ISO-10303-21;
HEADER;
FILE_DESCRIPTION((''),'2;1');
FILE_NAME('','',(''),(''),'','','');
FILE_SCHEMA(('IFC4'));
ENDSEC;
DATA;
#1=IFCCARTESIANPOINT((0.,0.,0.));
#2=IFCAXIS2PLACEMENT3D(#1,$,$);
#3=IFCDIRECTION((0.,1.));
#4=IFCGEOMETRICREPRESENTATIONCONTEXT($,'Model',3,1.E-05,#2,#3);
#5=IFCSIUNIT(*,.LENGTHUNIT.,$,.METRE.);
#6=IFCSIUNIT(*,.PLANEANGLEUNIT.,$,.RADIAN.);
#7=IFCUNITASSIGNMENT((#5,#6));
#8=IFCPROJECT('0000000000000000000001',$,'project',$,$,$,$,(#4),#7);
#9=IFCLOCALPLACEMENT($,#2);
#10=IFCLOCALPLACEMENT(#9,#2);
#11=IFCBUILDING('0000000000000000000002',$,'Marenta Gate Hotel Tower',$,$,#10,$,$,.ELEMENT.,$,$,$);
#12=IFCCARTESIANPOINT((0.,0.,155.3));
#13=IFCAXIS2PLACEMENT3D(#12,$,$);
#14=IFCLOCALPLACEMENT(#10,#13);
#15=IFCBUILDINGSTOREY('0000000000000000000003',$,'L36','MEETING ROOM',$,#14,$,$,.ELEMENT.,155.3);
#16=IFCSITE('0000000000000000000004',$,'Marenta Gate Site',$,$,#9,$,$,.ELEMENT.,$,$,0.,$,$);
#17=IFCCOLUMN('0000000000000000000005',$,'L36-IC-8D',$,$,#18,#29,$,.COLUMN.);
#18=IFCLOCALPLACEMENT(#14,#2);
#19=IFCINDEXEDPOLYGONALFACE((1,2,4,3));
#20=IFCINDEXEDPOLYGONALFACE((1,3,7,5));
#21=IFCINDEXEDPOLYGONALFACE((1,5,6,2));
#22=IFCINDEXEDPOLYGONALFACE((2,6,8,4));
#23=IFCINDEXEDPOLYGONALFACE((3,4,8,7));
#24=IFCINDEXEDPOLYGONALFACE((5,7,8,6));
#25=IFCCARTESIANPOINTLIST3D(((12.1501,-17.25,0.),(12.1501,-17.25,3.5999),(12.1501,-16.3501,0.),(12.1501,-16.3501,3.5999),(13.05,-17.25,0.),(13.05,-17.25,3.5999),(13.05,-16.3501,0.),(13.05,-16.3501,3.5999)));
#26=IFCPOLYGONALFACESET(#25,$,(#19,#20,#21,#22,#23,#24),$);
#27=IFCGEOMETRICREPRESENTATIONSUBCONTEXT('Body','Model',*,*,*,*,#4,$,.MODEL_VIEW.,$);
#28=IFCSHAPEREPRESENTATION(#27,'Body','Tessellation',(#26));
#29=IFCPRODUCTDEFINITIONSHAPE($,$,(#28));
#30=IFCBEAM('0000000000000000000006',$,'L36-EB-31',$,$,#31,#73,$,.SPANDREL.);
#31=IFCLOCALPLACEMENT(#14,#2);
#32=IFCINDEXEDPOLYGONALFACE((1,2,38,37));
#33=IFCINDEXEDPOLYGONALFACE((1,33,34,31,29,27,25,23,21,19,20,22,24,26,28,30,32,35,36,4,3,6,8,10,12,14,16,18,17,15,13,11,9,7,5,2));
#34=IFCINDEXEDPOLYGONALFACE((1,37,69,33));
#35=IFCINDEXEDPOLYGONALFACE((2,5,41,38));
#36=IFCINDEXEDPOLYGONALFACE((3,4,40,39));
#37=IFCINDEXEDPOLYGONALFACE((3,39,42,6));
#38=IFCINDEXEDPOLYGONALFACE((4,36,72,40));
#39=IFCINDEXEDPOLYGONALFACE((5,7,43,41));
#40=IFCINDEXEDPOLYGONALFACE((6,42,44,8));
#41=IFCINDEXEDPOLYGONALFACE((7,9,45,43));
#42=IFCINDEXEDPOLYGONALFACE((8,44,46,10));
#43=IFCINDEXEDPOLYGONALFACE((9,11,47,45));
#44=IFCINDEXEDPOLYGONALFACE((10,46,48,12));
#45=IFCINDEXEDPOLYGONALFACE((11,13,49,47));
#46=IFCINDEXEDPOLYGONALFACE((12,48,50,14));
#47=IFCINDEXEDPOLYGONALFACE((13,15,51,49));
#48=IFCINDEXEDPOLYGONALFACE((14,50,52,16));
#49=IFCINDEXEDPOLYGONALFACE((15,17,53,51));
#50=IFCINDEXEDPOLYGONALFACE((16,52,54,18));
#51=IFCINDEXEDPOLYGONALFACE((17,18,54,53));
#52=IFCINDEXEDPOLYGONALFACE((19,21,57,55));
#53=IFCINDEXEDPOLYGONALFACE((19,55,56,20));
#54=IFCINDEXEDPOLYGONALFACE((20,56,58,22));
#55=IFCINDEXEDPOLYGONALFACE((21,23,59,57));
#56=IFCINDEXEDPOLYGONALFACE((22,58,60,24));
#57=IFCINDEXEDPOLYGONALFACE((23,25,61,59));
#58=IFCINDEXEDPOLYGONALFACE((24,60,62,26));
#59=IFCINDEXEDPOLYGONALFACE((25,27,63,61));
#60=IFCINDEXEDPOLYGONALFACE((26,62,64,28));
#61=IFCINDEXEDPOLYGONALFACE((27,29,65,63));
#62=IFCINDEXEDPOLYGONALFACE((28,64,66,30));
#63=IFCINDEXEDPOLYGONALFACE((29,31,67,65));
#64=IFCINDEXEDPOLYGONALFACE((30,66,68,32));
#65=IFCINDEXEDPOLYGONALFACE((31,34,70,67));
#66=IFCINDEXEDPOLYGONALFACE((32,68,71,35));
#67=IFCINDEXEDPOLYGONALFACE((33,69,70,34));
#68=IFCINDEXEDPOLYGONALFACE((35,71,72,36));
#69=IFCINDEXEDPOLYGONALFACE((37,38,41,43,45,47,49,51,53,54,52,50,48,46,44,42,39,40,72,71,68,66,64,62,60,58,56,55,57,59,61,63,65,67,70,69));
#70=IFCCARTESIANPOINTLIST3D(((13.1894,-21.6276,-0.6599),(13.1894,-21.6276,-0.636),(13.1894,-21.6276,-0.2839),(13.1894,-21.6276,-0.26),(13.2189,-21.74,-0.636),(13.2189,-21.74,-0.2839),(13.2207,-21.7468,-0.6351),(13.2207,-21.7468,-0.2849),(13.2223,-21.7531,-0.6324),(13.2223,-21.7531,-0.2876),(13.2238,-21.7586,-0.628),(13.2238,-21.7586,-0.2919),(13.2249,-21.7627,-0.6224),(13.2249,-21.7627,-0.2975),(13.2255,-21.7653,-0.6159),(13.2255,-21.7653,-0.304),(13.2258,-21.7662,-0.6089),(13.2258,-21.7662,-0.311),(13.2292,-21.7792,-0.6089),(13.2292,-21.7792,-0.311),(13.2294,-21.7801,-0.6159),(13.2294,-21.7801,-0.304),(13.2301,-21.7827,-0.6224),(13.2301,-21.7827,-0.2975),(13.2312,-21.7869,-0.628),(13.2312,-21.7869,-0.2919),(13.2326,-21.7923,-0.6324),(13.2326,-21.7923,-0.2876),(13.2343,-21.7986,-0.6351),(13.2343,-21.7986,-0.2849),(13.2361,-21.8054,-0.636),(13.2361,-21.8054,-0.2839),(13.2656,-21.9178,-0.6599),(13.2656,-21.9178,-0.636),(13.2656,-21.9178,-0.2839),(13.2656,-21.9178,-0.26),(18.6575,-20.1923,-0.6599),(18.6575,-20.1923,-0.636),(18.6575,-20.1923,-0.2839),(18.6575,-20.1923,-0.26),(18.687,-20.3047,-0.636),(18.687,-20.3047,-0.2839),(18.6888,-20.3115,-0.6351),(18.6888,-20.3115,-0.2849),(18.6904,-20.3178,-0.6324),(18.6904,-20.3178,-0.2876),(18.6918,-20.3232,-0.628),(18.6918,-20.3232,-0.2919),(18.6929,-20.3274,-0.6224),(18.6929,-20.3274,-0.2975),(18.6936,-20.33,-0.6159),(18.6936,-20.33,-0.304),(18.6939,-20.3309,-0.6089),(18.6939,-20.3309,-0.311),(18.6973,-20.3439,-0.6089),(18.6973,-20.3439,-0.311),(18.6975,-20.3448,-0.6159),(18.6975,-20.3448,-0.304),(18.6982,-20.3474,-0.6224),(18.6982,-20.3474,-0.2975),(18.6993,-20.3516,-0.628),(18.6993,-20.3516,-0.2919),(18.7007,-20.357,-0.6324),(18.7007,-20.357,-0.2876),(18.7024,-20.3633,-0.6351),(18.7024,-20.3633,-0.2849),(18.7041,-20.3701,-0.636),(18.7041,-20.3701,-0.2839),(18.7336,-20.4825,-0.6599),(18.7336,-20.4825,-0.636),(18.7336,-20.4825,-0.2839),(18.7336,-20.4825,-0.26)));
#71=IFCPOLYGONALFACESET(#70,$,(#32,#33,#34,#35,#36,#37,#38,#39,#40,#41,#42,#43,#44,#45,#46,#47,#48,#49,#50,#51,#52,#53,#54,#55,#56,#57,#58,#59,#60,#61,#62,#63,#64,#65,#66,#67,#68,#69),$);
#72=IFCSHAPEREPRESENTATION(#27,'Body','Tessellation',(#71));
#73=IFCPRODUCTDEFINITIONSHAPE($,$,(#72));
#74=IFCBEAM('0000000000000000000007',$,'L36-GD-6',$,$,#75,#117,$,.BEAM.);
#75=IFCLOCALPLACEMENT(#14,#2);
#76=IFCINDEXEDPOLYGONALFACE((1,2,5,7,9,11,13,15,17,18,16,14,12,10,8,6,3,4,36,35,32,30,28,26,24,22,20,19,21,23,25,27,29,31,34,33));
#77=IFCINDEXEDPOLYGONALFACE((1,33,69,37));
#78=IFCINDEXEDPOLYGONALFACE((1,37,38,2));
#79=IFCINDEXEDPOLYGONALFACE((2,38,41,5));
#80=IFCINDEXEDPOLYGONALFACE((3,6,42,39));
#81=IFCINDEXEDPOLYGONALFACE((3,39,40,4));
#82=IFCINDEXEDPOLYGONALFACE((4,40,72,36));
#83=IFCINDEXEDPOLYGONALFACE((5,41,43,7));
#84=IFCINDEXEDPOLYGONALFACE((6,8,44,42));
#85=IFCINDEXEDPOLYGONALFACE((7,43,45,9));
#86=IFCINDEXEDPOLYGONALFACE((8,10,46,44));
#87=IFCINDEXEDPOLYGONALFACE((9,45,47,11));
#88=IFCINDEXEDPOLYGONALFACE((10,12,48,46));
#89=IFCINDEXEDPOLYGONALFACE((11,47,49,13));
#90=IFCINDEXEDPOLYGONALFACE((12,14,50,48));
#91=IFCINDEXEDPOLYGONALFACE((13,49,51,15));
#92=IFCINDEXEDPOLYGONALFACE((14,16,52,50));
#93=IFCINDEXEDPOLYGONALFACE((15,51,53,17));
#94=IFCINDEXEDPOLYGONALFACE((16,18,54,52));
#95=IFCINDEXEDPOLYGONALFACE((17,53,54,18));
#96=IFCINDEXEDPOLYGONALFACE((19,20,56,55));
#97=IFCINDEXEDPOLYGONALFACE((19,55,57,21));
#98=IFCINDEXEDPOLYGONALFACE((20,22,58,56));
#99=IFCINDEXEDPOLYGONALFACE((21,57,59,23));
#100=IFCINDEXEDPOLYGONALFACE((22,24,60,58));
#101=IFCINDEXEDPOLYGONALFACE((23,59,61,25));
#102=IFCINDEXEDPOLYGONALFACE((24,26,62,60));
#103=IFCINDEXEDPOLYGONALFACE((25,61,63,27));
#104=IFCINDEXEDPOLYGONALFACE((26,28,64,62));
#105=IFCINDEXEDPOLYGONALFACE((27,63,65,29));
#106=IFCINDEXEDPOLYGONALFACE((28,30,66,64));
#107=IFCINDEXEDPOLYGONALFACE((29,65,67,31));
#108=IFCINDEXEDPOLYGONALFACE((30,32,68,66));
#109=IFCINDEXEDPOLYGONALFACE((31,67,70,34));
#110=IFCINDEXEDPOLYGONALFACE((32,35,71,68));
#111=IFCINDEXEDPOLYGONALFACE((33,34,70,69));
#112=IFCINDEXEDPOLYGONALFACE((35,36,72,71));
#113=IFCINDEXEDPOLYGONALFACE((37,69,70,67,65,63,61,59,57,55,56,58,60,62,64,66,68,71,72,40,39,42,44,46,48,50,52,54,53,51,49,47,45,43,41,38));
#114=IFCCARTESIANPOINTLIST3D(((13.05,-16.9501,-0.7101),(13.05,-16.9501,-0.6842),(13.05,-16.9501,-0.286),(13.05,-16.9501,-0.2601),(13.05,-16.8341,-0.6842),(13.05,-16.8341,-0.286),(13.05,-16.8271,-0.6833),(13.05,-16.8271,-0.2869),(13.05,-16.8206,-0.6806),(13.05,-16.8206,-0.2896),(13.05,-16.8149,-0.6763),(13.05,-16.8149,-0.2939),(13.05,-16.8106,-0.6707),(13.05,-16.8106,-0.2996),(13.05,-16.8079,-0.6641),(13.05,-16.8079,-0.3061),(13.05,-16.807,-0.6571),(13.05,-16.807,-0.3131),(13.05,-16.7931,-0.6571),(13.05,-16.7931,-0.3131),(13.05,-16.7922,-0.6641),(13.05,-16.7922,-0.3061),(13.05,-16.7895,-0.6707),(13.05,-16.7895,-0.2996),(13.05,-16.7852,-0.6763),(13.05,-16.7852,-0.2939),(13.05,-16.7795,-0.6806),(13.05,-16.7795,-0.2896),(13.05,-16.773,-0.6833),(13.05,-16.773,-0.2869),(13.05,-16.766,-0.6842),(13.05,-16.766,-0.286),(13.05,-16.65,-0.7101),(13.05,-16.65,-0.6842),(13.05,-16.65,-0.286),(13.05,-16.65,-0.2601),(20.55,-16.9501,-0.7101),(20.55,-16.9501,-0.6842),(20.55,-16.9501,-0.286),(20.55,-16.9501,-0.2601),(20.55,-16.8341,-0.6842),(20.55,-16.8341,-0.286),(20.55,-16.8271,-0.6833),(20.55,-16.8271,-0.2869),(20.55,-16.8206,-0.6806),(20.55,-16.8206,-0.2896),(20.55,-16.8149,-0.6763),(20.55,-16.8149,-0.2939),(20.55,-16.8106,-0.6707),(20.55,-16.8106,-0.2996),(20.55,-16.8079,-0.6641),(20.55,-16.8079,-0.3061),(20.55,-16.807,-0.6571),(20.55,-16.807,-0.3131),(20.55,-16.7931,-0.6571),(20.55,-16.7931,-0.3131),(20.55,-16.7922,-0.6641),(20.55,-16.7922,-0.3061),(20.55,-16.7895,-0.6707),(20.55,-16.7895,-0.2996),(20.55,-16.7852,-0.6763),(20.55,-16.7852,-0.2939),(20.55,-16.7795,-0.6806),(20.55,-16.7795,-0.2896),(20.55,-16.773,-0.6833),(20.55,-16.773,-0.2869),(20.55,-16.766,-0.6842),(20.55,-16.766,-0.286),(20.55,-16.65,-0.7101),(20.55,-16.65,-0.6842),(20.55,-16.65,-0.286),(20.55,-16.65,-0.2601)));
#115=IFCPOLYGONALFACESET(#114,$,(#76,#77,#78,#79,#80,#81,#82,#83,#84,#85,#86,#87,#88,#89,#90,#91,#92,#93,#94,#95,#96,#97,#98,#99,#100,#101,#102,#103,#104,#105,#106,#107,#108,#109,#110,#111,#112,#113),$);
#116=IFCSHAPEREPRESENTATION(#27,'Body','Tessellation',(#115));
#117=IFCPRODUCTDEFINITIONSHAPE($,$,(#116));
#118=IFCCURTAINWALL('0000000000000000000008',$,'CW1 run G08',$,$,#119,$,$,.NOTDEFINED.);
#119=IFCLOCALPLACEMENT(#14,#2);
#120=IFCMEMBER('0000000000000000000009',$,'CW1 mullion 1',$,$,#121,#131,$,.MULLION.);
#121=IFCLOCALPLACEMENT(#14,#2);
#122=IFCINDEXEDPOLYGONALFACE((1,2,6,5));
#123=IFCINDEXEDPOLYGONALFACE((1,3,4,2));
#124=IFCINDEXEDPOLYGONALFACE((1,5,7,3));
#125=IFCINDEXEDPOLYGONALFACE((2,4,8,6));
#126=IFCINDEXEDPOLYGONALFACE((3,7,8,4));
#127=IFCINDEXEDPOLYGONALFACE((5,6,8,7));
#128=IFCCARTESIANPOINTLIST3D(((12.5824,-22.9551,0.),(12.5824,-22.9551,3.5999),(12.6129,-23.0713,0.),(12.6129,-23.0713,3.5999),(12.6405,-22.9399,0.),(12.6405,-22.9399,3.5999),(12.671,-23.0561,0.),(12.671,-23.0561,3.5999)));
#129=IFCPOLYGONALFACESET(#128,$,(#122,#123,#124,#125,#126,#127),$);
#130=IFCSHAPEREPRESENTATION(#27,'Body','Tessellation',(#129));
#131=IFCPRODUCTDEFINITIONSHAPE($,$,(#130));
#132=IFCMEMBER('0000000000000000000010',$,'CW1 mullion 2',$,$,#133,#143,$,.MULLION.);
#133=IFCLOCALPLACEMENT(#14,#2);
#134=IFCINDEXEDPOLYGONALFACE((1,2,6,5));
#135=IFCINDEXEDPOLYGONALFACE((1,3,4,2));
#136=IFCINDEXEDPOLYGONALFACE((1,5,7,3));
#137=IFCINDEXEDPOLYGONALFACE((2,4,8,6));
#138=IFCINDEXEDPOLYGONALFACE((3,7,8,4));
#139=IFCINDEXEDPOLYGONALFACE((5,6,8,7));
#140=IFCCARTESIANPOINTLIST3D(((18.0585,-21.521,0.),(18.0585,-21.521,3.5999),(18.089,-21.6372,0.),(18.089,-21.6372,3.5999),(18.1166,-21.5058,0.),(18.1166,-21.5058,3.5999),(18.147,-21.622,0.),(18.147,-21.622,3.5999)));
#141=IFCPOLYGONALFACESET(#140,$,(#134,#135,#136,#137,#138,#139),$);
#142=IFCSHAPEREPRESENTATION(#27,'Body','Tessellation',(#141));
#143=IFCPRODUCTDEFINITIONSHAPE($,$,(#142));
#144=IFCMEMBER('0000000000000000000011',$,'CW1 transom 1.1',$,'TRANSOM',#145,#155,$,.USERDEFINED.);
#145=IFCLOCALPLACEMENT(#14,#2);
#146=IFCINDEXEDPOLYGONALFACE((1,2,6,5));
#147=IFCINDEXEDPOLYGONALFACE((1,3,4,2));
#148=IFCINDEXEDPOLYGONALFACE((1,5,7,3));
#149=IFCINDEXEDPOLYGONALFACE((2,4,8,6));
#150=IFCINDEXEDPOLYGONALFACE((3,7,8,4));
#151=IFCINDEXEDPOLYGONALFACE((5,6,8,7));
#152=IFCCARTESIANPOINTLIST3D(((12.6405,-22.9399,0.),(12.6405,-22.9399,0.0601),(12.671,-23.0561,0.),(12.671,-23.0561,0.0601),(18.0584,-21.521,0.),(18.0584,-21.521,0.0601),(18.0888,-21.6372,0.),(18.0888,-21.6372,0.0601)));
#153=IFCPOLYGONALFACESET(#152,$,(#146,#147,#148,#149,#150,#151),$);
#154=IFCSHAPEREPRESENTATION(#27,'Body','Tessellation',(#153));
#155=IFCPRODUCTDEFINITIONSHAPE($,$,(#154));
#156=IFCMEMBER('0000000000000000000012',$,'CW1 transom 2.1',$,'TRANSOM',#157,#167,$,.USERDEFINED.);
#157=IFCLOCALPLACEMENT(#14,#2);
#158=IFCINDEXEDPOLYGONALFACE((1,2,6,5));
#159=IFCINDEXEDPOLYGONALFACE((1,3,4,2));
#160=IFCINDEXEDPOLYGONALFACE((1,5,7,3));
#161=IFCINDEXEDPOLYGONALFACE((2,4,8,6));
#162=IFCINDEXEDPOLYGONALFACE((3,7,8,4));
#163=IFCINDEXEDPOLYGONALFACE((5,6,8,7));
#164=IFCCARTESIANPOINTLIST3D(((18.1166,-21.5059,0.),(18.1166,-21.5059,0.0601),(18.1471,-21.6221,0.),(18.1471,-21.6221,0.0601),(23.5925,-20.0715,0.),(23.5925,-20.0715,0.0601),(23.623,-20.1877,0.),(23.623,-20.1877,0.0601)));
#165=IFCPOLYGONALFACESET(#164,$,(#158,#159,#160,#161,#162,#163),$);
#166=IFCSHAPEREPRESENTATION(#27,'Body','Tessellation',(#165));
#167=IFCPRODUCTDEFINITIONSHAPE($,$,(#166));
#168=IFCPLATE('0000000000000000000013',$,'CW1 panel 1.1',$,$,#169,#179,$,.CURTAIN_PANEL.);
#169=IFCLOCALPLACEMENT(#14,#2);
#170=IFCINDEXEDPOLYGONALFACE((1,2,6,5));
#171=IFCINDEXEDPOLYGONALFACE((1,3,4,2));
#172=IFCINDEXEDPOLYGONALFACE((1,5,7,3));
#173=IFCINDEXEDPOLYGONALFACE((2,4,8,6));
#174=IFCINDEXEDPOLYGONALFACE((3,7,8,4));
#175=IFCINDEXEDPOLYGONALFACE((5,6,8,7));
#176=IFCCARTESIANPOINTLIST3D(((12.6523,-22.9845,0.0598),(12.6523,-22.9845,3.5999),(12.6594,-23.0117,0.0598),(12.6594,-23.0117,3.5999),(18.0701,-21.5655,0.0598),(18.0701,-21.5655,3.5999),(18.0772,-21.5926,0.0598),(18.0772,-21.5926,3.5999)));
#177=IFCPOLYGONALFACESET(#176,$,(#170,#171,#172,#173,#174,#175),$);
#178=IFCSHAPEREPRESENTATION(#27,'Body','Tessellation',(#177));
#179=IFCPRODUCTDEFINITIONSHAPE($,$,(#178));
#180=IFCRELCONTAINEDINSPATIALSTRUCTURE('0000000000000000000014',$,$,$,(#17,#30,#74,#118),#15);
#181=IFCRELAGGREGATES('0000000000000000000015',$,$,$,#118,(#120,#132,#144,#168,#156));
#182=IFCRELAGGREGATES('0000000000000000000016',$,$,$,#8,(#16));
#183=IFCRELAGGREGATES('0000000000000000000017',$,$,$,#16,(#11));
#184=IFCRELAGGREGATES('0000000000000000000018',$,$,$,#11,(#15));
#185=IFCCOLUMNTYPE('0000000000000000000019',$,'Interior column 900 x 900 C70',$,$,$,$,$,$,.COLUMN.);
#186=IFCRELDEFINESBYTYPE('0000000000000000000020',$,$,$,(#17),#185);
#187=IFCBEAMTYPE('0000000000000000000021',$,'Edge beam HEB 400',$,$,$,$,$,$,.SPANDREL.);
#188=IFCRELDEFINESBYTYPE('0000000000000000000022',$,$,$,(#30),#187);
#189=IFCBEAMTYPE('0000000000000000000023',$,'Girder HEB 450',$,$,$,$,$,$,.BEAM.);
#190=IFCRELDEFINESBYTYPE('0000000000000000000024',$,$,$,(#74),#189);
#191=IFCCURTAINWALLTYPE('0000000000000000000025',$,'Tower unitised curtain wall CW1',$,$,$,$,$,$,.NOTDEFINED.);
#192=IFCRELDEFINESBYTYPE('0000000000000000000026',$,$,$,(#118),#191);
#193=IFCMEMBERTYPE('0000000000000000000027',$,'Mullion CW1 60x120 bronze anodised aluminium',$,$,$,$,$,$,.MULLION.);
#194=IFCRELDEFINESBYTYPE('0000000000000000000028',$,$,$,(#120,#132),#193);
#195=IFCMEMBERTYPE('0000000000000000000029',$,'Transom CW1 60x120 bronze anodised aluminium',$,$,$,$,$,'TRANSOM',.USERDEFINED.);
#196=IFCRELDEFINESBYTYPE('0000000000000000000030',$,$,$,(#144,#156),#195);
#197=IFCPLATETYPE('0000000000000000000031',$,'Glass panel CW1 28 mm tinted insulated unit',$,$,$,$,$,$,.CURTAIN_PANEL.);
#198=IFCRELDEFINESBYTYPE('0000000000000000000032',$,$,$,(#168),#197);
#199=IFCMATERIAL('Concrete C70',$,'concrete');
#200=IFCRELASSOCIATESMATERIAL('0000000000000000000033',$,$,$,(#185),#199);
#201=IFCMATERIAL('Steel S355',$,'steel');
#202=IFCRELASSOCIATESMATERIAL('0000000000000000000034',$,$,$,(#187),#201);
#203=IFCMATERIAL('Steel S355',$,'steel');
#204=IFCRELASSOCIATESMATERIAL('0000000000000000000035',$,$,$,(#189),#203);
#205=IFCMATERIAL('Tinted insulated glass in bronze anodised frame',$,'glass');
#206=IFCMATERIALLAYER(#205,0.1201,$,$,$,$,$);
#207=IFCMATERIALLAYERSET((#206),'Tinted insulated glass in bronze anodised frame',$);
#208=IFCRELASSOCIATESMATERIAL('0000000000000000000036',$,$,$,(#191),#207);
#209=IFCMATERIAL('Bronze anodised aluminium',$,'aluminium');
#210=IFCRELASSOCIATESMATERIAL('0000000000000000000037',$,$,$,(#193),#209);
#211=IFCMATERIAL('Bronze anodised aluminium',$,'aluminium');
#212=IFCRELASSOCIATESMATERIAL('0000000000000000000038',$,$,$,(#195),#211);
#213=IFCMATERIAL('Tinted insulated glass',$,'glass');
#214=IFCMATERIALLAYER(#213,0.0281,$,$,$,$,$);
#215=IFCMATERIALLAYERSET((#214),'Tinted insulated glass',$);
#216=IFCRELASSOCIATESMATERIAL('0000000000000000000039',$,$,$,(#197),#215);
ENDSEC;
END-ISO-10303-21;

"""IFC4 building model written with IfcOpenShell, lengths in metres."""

from ifc_helpers import new_model, si_unit, direction, frame, origin, origin_2d, place, context, subcontext, project, spatial, rectangle, i_section, extrude, material, layer, layer_set, material_profile, profile_set, type_object, element, aggregate, save


model = new_model("IFC4")

# Units and contexts
model_context = context("Model", 3, precision=1e-05, world=origin(), true_north=direction((0.0, 1.0)))
body_context = subcontext(model_context, "Body", "Model", "MODEL_VIEW")
ifc_project = project(units=[si_unit("LENGTHUNIT", "METRE"), si_unit("PLANEANGLEUNIT", "RADIAN")], contexts=[model_context])

# Site, building, storey
site_placement = place(None, origin())
site = spatial("IfcSite", under=ifc_project, at=site_placement, Name="Marenta Gate Site", CompositionType="ELEMENT", RefElevation=0.0)
building_placement = place(site_placement, origin())
building = spatial("IfcBuilding", under=site, at=building_placement, Name="Marenta Gate Hotel Tower", CompositionType="ELEMENT")
storey_placement = place(building_placement, frame((0.0, 0.0, 155.3)))
storey = spatial("IfcBuildingStorey", under=building, at=storey_placement, Name="L36", Description="MEETING ROOM", CompositionType="ELEMENT", Elevation=155.3)

# Column
ifc_material_1 = material(Name="Concrete C70", Category="concrete")
ifc_material_profile_1 = material_profile(ifc_material_1, rectangle(XDim=0.8999, YDim=0.8999, at=origin_2d()), Name="900 x 900")
ifc_profile_set_1 = profile_set([ifc_material_profile_1], Name="Concrete C70")
column_type = type_object("IfcColumnType", Name="Interior column 900 x 900 C70", PredefinedType="COLUMN", material=ifc_profile_set_1)
column_placement = place(storey_placement, frame((12.6001, -16.8, 0.0), z_axis=(0.0, 0.0, 1.0), x_axis=(1.0, 0.0, 0.0)))
element("IfcColumn", 1, at=column_placement, inside=storey, type_object=column_type, Name="L36-IC-8D", PredefinedType="COLUMN", context=body_context, shape_type="SweptSolid", body=[
    extrude(rectangle(XDim=0.8999, YDim=0.8999, at=origin_2d()), origin(), (0.0, 0.0, 1.0), 3.5999),
])

# Beams
ifc_material_2 = material(Name="Steel S355", Category="steel")
ifc_material_profile_2 = material_profile(ifc_material_2, i_section(OverallWidth=0.3, OverallDepth=0.3999, WebThickness=0.0134, FlangeThickness=0.0239, FilletRadius=0.0271, at=origin_2d()), Name="HEB 400")
ifc_profile_set_2 = profile_set([ifc_material_profile_2], Name="Steel S355")
beam_type_1 = type_object("IfcBeamType", Name="Edge beam HEB 400", PredefinedType="SPANDREL", material=ifc_profile_set_2)
beam_1_placement = place(storey_placement, frame((18.6956, -20.3374, -0.46), z_axis=(-0.967233, -0.25389, 0.0), x_axis=(0.25389, -0.967233, 0.0)))
element("IfcBeam", 2, at=beam_1_placement, inside=storey, type_object=beam_type_1, Name="L36-EB-31", PredefinedType="SPANDREL", context=body_context, shape_type="SweptSolid", body=[
    extrude(i_section(OverallWidth=0.3, OverallDepth=0.3999, WebThickness=0.0134, FlangeThickness=0.0239, FilletRadius=0.0271, at=origin_2d()), origin(), (0.0, 0.0, 1.0), 5.6533),
])
ifc_material_3 = material(Name="Steel S355", Category="steel")
ifc_material_profile_3 = material_profile(ifc_material_3, i_section(OverallWidth=0.3, OverallDepth=0.45, WebThickness=0.0139, FlangeThickness=0.0259, FilletRadius=0.0271, at=origin_2d()), Name="HEB 450")
ifc_profile_set_3 = profile_set([ifc_material_profile_3], Name="Steel S355")
beam_type_2 = type_object("IfcBeamType", Name="Girder HEB 450", PredefinedType="BEAM", material=ifc_profile_set_3)
beam_2_placement = place(storey_placement, frame((13.05, -16.8, -0.4851), z_axis=(1.0, 0.0, 0.0), x_axis=(0.0, 1.0, 0.0)))
element("IfcBeam", 3, at=beam_2_placement, inside=storey, type_object=beam_type_2, Name="L36-GD-6", PredefinedType="BEAM", context=body_context, shape_type="SweptSolid", body=[
    extrude(i_section(OverallWidth=0.3, OverallDepth=0.45, WebThickness=0.0139, FlangeThickness=0.0259, FilletRadius=0.0271, at=origin_2d()), origin(), (0.0, 0.0, 1.0), 7.5),
])

# Curtain wall, members, plate
ifc_material_4 = material(Name="Tinted insulated glass in bronze anodised frame", Category="glass")
ifc_layer_1 = layer(ifc_material_4, 0.1201)
ifc_layer_set_1 = layer_set([ifc_layer_1], Name="Tinted insulated glass in bronze anodised frame")
curtain_wall_type = type_object("IfcCurtainWallType", Name="Tower unitised curtain wall CW1", PredefinedType="NOTDEFINED", material=ifc_layer_set_1)
curtain_wall_placement = place(storey_placement, origin())
curtain_wall = element("IfcCurtainWall", 4, at=curtain_wall_placement, inside=storey, type_object=curtain_wall_type, Name="CW1 run G08", PredefinedType="NOTDEFINED")
ifc_material_5 = material(Name="Bronze anodised aluminium", Category="aluminium")
ifc_material_profile_4 = material_profile(ifc_material_5, rectangle(XDim=0.1201, YDim=0.0601, at=origin_2d()), Name="Mullion CW1 60x120 bronze anodised aluminium")
ifc_profile_set_4 = profile_set([ifc_material_profile_4], Name="Bronze anodised aluminium")
member_type_1 = type_object("IfcMemberType", Name="Mullion CW1 60x120 bronze anodised aluminium", PredefinedType="MULLION", material=ifc_profile_set_4)
member_1_placement = place(storey_placement, frame((12.6267, -23.0056, 0.0), z_axis=(0.0, 0.0, 1.0), x_axis=(-0.253374, 0.967368, 0.0)))
member_1 = element("IfcMember", 5, at=member_1_placement, type_object=member_type_1, Name="CW1 mullion 1", PredefinedType="MULLION", context=body_context, shape_type="SweptSolid", body=[
    extrude(rectangle(XDim=0.1201, YDim=0.0601, at=origin_2d()), origin(), (0.0, 0.0, 1.0), 3.5999),
])
member_2_placement = place(storey_placement, frame((18.1028, -21.5715, 0.0), z_axis=(0.0, 0.0, 1.0), x_axis=(-0.253374, 0.967368, 0.0)))
member_2 = element("IfcMember", 6, at=member_2_placement, type_object=member_type_1, Name="CW1 mullion 2", PredefinedType="MULLION", context=body_context, shape_type="SweptSolid", body=[
    extrude(rectangle(XDim=0.1201, YDim=0.0601, at=origin_2d()), origin(), (0.0, 0.0, 1.0), 3.5999),
])
ifc_material_6 = material(Name="Bronze anodised aluminium", Category="aluminium")
ifc_material_profile_5 = material_profile(ifc_material_6, rectangle(XDim=0.1201, YDim=0.0601, at=origin_2d()), Name="Transom CW1 60x120 bronze anodised aluminium")
ifc_profile_set_5 = profile_set([ifc_material_profile_5], Name="Bronze anodised aluminium")
member_type_2 = type_object("IfcMemberType", Name="Transom CW1 60x120 bronze anodised aluminium", ElementType="TRANSOM", PredefinedType="USERDEFINED", material=ifc_profile_set_5)
member_3_placement = place(storey_placement, frame((12.6558, -22.998, 0.03), z_axis=(0.967374, 0.253352, 0.0), x_axis=(-0.253352, 0.967374, 0.0)))
member_3 = element("IfcMember", 7, at=member_3_placement, type_object=member_type_2, Name="CW1 transom 1.1", ObjectType="TRANSOM", PredefinedType="USERDEFINED", context=body_context, shape_type="SweptSolid", body=[
    extrude(rectangle(XDim=0.1201, YDim=0.0601, at=origin_2d()), origin(), (0.0, 0.0, 1.0), 5.6006),
])
member_4_placement = place(storey_placement, frame((18.1318, -21.564, 0.03), z_axis=(0.967364, 0.253389, 0.0), x_axis=(-0.253389, 0.967364, 0.0)))
member_4 = element("IfcMember", 8, at=member_4_placement, type_object=member_type_2, Name="CW1 transom 2.1", ObjectType="TRANSOM", PredefinedType="USERDEFINED", context=body_context, shape_type="SweptSolid", body=[
    extrude(rectangle(XDim=0.1201, YDim=0.0601, at=origin_2d()), origin(), (0.0, 0.0, 1.0), 5.6606),
])
ifc_material_7 = material(Name="Tinted insulated glass", Category="glass")
ifc_layer_2 = layer(ifc_material_7, 0.0281)
ifc_layer_set_2 = layer_set([ifc_layer_2], Name="Tinted insulated glass")
plate_type = type_object("IfcPlateType", Name="Glass panel CW1 28 mm tinted insulated unit", PredefinedType="CURTAIN_PANEL", material=ifc_layer_set_2)
plate_placement = place(storey_placement, frame((15.3647, -22.2886, 0.0598), z_axis=(0.0, 0.0, 1.0), x_axis=(0.967368, 0.253374, 0.0)))
plate = element("IfcPlate", 9, at=plate_placement, type_object=plate_type, Name="CW1 panel 1.1", PredefinedType="CURTAIN_PANEL", context=body_context, shape_type="SweptSolid", body=[
    extrude(rectangle(XDim=5.6006, YDim=0.0281, at=origin_2d()), origin(), (0.0, 0.0, 1.0), 3.54),
])
aggregate(curtain_wall, [member_1, member_2, member_3, plate, member_4])

save(model, "model.ifc")
